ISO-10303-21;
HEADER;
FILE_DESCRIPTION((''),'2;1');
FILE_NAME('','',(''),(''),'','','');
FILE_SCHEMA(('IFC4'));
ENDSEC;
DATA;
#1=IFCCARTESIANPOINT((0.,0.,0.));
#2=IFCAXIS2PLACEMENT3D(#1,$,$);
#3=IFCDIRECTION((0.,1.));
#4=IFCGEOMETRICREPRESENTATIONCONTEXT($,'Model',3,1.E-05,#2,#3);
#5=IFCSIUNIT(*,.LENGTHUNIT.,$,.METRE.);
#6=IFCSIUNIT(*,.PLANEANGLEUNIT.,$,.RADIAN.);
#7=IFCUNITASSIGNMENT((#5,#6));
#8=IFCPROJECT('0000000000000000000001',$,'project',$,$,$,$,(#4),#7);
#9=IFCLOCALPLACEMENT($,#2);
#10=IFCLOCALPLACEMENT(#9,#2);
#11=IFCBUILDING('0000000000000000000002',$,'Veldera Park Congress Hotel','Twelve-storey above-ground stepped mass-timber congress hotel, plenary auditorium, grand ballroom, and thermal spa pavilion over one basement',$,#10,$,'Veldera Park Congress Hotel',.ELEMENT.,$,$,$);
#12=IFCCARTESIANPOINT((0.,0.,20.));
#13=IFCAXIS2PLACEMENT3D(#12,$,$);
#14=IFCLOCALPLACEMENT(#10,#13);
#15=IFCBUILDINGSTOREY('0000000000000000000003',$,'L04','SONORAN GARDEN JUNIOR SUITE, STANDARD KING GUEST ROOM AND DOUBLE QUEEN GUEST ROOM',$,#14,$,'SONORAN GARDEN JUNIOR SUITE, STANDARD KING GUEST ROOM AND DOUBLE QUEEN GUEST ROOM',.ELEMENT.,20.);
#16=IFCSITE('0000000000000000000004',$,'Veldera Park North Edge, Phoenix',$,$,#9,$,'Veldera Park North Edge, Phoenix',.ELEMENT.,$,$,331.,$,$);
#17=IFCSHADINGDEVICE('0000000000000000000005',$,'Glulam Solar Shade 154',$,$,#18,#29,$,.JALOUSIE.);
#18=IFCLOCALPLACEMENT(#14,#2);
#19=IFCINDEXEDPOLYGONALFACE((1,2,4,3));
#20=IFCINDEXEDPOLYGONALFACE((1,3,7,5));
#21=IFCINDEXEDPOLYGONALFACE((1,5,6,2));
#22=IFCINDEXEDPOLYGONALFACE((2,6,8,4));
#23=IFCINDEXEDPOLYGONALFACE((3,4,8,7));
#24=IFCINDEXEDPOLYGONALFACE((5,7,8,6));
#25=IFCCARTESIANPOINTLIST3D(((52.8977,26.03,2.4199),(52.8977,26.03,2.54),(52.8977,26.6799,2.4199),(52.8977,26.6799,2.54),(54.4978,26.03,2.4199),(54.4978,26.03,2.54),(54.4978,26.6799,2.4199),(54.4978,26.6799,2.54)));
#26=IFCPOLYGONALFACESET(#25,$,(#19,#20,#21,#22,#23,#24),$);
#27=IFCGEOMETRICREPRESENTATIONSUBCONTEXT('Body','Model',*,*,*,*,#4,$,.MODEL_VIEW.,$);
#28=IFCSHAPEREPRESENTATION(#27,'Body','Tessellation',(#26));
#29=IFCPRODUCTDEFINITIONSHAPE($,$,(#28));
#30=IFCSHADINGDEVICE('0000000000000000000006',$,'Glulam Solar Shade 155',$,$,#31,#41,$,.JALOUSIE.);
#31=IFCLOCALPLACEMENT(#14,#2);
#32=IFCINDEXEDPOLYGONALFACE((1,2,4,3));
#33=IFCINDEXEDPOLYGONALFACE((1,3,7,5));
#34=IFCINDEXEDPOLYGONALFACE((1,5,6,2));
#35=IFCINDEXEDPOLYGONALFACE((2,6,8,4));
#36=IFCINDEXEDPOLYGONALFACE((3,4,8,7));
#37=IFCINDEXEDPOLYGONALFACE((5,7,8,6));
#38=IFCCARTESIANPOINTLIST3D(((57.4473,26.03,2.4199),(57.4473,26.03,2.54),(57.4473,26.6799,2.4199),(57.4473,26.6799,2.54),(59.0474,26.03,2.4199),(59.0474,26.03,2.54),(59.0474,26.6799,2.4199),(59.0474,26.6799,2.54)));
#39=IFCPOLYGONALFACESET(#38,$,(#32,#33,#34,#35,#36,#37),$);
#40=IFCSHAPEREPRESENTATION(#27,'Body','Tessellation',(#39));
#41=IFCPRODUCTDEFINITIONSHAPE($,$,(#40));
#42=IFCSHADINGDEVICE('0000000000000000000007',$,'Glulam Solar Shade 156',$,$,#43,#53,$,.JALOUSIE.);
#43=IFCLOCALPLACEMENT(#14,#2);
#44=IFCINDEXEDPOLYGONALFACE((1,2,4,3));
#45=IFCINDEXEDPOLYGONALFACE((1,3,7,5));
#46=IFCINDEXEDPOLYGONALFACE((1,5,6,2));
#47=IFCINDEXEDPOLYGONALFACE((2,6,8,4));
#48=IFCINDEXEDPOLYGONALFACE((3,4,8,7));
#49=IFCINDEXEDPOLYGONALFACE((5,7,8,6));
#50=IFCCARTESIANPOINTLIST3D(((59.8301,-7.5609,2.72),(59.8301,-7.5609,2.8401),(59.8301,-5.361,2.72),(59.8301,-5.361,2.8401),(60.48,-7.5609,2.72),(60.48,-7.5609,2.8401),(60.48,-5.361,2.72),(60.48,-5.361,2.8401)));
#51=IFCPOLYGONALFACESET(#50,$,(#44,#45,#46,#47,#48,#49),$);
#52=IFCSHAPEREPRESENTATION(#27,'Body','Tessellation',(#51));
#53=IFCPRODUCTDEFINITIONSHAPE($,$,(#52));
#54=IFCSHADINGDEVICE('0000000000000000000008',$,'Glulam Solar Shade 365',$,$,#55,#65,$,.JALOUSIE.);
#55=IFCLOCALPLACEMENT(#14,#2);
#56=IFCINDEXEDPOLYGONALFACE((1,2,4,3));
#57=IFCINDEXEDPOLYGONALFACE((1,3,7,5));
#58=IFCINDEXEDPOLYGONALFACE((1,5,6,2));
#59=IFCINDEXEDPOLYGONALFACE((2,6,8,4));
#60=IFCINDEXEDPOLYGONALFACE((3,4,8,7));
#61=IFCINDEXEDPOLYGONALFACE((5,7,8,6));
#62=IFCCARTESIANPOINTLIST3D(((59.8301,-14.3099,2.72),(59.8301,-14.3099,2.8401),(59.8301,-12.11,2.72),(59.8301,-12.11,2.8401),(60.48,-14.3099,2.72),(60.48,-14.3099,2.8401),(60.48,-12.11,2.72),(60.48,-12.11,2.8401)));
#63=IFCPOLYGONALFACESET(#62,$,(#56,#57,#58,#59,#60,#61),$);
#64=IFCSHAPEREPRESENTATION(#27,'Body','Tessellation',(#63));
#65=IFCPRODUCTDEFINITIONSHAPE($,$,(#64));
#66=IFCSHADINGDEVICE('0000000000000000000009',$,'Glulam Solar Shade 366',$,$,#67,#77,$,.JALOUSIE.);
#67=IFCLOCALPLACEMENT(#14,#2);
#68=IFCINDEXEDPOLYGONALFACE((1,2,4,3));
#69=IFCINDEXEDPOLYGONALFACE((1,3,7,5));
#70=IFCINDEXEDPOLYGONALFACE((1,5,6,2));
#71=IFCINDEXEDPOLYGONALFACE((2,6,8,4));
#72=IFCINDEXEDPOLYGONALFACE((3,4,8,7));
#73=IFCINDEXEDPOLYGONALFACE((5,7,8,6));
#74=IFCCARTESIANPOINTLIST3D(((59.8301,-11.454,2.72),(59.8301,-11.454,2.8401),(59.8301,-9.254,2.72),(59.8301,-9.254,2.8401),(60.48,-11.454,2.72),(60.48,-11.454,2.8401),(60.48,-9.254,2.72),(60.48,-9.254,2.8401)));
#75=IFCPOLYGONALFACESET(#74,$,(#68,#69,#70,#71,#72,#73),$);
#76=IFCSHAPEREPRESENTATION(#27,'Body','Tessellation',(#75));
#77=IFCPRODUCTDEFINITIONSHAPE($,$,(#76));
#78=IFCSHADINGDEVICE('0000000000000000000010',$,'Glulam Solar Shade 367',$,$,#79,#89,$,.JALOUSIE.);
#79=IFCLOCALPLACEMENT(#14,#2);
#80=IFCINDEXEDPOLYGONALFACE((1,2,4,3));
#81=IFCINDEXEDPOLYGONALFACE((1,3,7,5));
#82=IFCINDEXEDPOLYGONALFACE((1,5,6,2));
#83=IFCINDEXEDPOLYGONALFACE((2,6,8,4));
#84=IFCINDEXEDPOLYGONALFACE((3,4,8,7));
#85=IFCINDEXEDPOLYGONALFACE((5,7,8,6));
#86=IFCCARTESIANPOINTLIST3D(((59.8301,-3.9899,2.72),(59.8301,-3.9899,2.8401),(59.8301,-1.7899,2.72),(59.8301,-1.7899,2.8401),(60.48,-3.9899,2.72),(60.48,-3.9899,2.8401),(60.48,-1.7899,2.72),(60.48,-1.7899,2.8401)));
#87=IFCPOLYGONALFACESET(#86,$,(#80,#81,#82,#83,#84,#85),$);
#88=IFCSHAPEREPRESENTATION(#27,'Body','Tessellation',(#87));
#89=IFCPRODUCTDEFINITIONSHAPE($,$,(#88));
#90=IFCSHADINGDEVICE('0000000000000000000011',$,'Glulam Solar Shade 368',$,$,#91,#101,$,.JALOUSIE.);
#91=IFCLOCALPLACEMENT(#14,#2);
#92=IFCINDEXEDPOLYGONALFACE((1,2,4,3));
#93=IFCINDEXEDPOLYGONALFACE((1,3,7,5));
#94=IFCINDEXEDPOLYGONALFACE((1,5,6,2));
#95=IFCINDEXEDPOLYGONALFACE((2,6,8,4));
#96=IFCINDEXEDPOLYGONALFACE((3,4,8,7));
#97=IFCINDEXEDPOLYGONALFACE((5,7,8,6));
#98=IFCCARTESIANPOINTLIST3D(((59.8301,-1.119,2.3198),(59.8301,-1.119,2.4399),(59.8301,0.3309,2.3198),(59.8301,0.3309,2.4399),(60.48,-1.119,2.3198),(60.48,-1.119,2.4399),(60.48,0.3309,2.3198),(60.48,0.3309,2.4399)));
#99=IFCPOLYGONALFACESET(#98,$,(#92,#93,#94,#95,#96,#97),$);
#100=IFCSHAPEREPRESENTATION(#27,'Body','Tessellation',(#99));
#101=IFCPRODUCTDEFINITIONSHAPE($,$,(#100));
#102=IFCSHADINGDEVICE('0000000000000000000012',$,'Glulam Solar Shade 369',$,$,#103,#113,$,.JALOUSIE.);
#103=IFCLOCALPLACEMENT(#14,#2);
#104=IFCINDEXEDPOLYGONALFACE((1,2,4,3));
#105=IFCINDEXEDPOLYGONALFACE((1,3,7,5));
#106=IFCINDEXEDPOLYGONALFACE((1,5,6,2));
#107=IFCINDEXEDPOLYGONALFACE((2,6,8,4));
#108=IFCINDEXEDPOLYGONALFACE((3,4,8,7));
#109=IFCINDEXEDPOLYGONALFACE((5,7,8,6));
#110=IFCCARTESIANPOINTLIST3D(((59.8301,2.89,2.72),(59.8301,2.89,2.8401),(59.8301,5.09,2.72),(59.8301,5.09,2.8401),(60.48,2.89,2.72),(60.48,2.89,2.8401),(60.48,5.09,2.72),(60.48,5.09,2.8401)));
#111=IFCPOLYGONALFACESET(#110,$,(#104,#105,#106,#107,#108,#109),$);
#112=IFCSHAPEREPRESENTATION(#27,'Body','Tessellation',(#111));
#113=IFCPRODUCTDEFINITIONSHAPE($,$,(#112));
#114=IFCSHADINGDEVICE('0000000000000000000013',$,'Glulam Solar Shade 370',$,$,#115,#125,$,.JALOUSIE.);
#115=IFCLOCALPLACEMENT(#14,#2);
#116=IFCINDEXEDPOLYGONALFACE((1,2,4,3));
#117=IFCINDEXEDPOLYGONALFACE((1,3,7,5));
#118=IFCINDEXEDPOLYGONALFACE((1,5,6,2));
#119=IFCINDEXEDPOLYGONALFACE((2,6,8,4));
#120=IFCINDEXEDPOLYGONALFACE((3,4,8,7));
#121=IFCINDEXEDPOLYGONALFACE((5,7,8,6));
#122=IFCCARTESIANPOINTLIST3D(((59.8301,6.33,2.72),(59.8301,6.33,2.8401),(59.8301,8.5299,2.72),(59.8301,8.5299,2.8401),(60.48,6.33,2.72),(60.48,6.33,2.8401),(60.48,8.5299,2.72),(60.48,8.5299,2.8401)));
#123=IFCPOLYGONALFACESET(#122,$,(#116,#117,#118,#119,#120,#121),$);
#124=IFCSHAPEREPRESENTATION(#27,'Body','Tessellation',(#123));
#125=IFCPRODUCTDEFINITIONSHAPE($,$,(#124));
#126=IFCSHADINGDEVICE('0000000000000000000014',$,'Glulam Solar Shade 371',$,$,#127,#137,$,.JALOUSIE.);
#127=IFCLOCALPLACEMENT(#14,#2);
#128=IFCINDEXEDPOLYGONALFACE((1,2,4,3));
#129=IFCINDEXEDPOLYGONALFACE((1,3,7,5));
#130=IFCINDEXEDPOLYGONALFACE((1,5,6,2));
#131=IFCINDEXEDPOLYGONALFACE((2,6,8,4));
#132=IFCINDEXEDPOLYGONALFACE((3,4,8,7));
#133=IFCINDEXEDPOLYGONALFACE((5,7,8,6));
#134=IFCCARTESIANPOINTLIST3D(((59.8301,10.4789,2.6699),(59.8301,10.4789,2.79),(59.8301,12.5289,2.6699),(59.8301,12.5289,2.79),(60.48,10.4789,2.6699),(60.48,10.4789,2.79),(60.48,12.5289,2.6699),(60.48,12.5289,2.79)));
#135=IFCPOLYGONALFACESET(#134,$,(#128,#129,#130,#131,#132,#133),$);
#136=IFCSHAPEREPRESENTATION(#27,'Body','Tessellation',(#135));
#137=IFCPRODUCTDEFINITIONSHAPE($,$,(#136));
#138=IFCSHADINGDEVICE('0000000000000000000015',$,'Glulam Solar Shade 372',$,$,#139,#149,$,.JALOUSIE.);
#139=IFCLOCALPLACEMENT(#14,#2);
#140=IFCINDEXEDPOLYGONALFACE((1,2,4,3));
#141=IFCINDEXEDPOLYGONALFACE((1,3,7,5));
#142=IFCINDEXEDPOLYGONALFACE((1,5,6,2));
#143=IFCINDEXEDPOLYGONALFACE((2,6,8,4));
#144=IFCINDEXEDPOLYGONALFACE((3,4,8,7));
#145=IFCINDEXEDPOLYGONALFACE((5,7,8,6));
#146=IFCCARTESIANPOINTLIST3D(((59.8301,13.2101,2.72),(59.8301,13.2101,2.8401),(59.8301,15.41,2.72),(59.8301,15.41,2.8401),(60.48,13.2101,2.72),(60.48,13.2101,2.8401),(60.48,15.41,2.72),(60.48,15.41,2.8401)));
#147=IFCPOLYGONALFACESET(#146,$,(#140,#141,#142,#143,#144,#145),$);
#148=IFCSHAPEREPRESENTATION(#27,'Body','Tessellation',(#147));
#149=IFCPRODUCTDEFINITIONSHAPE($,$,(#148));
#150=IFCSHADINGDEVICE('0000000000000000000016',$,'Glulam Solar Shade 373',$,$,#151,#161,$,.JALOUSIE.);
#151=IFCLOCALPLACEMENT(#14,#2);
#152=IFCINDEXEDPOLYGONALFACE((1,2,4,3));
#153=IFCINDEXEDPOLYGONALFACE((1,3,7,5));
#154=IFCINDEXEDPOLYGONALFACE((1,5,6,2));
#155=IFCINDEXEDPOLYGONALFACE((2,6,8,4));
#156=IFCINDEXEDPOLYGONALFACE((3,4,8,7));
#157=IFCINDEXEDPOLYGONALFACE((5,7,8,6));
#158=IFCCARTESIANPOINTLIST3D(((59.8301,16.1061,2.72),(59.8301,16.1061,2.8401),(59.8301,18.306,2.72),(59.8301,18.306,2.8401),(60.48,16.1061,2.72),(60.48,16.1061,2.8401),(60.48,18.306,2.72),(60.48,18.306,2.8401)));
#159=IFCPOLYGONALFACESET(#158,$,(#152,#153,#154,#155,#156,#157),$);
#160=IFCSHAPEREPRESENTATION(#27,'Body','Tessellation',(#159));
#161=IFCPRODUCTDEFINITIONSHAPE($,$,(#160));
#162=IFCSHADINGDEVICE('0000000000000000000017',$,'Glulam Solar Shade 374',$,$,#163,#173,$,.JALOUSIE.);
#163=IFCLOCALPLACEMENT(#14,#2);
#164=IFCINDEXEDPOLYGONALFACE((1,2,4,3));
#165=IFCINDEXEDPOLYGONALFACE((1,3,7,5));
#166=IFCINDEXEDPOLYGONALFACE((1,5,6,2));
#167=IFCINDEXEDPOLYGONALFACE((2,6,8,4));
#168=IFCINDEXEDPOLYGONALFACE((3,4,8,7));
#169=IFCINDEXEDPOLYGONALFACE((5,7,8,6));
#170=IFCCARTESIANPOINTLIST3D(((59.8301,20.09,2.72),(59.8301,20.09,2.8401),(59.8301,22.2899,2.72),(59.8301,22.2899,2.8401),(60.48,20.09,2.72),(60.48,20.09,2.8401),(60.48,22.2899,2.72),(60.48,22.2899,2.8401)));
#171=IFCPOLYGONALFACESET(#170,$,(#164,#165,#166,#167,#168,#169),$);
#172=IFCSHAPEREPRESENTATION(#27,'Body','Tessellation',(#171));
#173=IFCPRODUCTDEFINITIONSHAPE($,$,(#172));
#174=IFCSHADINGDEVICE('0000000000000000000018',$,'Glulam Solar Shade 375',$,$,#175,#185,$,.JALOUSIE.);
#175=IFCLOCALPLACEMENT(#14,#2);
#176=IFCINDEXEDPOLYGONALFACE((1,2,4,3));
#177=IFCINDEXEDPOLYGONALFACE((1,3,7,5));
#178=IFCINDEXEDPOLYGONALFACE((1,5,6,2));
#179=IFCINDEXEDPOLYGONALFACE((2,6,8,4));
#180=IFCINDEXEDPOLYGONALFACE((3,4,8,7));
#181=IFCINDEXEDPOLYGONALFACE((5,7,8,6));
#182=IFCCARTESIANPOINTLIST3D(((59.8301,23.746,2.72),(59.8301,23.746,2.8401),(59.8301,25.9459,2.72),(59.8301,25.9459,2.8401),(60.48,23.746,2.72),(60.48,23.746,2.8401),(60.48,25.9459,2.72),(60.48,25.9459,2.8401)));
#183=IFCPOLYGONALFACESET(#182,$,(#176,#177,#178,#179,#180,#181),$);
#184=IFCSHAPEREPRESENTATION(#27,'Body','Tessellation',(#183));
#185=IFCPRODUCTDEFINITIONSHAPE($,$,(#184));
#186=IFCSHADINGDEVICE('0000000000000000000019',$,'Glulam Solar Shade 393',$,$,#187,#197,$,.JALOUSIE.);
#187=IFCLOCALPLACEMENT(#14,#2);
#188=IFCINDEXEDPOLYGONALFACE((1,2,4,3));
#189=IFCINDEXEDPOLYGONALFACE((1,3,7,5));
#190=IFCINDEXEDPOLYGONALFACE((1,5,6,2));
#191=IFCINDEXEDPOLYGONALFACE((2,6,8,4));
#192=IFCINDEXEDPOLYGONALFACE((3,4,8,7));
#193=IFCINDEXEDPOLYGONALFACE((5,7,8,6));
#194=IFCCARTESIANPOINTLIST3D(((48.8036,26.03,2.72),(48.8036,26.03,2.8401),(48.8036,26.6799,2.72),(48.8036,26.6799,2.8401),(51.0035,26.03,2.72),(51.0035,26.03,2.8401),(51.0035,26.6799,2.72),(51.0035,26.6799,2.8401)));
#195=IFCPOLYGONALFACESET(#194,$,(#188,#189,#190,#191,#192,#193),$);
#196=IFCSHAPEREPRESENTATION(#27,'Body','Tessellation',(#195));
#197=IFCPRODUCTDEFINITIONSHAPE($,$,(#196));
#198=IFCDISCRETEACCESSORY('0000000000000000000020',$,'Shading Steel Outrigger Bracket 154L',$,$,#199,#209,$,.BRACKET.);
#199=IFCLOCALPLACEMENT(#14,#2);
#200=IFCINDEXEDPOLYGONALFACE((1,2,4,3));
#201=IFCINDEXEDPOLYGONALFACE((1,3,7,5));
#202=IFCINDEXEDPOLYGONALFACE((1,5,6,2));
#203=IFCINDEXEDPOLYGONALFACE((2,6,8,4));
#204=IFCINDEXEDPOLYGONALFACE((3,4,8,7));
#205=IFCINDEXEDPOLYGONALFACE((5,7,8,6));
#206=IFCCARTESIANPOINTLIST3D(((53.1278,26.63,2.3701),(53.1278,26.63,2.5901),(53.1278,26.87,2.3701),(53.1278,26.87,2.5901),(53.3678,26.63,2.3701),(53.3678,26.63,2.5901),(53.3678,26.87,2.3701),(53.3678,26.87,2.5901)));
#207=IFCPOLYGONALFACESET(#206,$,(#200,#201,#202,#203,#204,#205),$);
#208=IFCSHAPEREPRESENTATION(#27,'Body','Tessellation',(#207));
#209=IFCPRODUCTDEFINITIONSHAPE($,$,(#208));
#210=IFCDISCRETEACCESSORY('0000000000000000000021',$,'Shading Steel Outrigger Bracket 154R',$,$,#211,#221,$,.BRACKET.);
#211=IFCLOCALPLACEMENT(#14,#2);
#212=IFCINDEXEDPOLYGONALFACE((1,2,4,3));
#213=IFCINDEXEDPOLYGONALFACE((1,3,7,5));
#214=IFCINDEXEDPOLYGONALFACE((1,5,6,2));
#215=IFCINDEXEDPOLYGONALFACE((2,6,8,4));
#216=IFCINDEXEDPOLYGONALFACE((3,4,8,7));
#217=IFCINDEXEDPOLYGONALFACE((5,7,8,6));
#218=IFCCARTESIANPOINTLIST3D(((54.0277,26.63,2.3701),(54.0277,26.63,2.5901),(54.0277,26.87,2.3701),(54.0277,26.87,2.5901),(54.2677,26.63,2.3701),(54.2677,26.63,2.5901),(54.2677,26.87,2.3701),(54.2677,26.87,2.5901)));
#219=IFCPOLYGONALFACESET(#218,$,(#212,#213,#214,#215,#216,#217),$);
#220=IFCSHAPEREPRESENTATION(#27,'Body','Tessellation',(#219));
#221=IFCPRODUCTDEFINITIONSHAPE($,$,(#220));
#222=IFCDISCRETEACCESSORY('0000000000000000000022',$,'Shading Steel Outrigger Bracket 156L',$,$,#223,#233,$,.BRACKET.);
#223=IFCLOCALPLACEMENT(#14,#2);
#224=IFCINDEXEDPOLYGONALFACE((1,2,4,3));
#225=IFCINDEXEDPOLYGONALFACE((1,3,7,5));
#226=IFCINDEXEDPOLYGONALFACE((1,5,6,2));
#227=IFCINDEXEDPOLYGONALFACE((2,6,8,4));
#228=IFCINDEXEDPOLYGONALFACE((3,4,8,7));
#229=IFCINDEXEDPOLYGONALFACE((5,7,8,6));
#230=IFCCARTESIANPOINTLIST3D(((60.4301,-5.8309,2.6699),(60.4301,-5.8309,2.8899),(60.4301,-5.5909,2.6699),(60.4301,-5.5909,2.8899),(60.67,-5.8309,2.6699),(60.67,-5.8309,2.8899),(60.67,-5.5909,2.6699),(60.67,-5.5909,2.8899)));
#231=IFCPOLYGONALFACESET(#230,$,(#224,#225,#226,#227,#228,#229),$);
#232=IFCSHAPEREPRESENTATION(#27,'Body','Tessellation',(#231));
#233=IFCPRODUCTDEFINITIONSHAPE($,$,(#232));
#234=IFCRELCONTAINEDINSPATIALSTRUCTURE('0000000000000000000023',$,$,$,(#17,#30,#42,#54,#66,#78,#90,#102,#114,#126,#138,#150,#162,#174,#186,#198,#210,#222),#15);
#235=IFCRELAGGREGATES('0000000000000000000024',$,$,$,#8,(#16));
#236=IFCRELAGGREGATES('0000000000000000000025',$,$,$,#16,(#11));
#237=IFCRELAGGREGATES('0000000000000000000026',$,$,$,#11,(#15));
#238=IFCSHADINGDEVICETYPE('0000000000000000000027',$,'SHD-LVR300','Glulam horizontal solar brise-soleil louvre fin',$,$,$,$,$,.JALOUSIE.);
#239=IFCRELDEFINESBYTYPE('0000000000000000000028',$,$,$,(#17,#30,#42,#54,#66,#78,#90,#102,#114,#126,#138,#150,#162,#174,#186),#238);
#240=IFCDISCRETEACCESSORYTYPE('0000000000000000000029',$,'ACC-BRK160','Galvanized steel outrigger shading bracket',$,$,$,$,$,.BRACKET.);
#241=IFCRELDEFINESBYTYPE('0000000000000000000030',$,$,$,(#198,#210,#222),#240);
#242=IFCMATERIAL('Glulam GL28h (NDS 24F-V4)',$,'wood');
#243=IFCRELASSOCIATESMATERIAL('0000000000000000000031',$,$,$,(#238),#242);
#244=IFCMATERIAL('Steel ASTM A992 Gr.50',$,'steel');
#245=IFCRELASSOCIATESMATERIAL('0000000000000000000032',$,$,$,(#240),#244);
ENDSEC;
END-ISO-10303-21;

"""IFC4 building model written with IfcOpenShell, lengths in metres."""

from ifc_helpers import new_model, si_unit, direction, frame, origin, origin_2d, place, context, subcontext, project, spatial, rectangle, extrude, material, type_object, element, save


model = new_model("IFC4")

# Units and contexts
model_context = context("Model", 3, precision=1e-05, world=origin(), true_north=direction((0.0, 1.0)))
body_context = subcontext(model_context, "Body", "Model", "MODEL_VIEW")
ifc_project = project(units=[si_unit("LENGTHUNIT", "METRE"), si_unit("PLANEANGLEUNIT", "RADIAN")], contexts=[model_context])

# Site, building, storey
site_placement = place(None, origin())
site = spatial("IfcSite", under=ifc_project, at=site_placement, Name="Veldera Park North Edge, Phoenix", LongName="Veldera Park North Edge, Phoenix", CompositionType="ELEMENT", RefElevation=331.0)
building_placement = place(site_placement, origin())
building = spatial("IfcBuilding", under=site, at=building_placement, Name="Veldera Park Congress Hotel", Description="Twelve-storey above-ground stepped mass-timber congress hotel, plenary auditorium, grand ballroom, and thermal spa pavilion over one basement", LongName="Veldera Park Congress Hotel", CompositionType="ELEMENT")
storey_placement = place(building_placement, frame((0.0, 0.0, 20.0)))
storey = spatial("IfcBuildingStorey", under=building, at=storey_placement, Name="L04", Description="SONORAN GARDEN JUNIOR SUITE, STANDARD KING GUEST ROOM AND DOUBLE QUEEN GUEST ROOM", LongName="SONORAN GARDEN JUNIOR SUITE, STANDARD KING GUEST ROOM AND DOUBLE QUEEN GUEST ROOM", CompositionType="ELEMENT", Elevation=20.0)

# Shading devices
ifc_material_1 = material(Name="Glulam GL28h (NDS 24F-V4)", Category="wood")
shading_device_type = type_object("IfcShadingDeviceType", Name="SHD-LVR300", Description="Glulam horizontal solar brise-soleil louvre fin", PredefinedType="JALOUSIE", material=ifc_material_1)
for number, where, z_axis, x_axis, name in (
    (1, (53.6978, 26.355, 2.4199), (0.0, 0.0, 1.0), (1.0, 0.0, 0.0), "Glulam Solar Shade 154"),
    (2, (58.2473, 26.355, 2.4199), (0.0, 0.0, 1.0), (1.0, 0.0, 0.0), "Glulam Solar Shade 155"),
):
    element("IfcShadingDevice", number, at=place(storey_placement, frame(where, z_axis=z_axis, x_axis=x_axis)), inside=storey, type_object=shading_device_type, Name=name, PredefinedType="JALOUSIE", context=body_context, shape_type="SweptSolid", body=[
        extrude(rectangle(XDim=1.6001, YDim=0.6499, at=origin_2d()), origin(), (0.0, 0.0, 1.0), 0.1201),
    ])
for number, where, z_axis, x_axis, name in (
    (3, (60.155, -6.4609, 2.72), (0.0, 0.0, 1.0), (0.0, -1.0, 0.0), "Glulam Solar Shade 156"),
    (4, (60.155, -13.21, 2.72), (0.0, 0.0, 1.0), (0.0, -1.0, 0.0), "Glulam Solar Shade 365"),
    (5, (60.155, -10.354, 2.72), (0.0, 0.0, 1.0), (0.0, -1.0, 0.0), "Glulam Solar Shade 366"),
    (6, (60.155, -2.8899, 2.72), (0.0, 0.0, 1.0), (0.0, -1.0, 0.0), "Glulam Solar Shade 367"),
):
    element("IfcShadingDevice", number, at=place(storey_placement, frame(where, z_axis=z_axis, x_axis=x_axis)), inside=storey, type_object=shading_device_type, Name=name, PredefinedType="JALOUSIE", context=body_context, shape_type="SweptSolid", body=[
        extrude(rectangle(XDim=2.2, YDim=0.6499, at=origin_2d()), origin(), (0.0, 0.0, 1.0), 0.1201),
    ])
shading_device_1_placement = place(storey_placement, frame((60.155, -0.394, 2.3198), z_axis=(0.0, 0.0, 1.0), x_axis=(0.0, -1.0, 0.0)))
element("IfcShadingDevice", 7, at=shading_device_1_placement, inside=storey, type_object=shading_device_type, Name="Glulam Solar Shade 368", PredefinedType="JALOUSIE", context=body_context, shape_type="SweptSolid", body=[
    extrude(rectangle(XDim=1.45, YDim=0.6499, at=origin_2d()), origin(), (0.0, 0.0, 1.0), 0.1201),
])
for number, where, z_axis, x_axis, name in (
    (8, (60.155, 3.99, 2.72), (0.0, 0.0, 1.0), (0.0, -1.0, 0.0), "Glulam Solar Shade 369"),
    (9, (60.155, 7.4299, 2.72), (0.0, 0.0, 1.0), (0.0, -1.0, 0.0), "Glulam Solar Shade 370"),
):
    element("IfcShadingDevice", number, at=place(storey_placement, frame(where, z_axis=z_axis, x_axis=x_axis)), inside=storey, type_object=shading_device_type, Name=name, PredefinedType="JALOUSIE", context=body_context, shape_type="SweptSolid", body=[
        extrude(rectangle(XDim=2.2, YDim=0.6499, at=origin_2d()), origin(), (0.0, 0.0, 1.0), 0.1201),
    ])
shading_device_2_placement = place(storey_placement, frame((60.155, 11.5039, 2.6699), z_axis=(0.0, 0.0, 1.0), x_axis=(0.0, -1.0, 0.0)))
element("IfcShadingDevice", 10, at=shading_device_2_placement, inside=storey, type_object=shading_device_type, Name="Glulam Solar Shade 371", PredefinedType="JALOUSIE", context=body_context, shape_type="SweptSolid", body=[
    extrude(rectangle(XDim=2.05, YDim=0.6499, at=origin_2d()), origin(), (0.0, 0.0, 1.0), 0.1201),
])
for number, where, z_axis, x_axis, name in (
    (11, (60.155, 14.3101, 2.72), (0.0, 0.0, 1.0), (0.0, -1.0, 0.0), "Glulam Solar Shade 372"),
    (12, (60.155, 17.2061, 2.72), (0.0, 0.0, 1.0), (0.0, -1.0, 0.0), "Glulam Solar Shade 373"),
    (13, (60.155, 21.1899, 2.72), (0.0, 0.0, 1.0), (0.0, -1.0, 0.0), "Glulam Solar Shade 374"),
    (14, (60.155, 24.8459, 2.72), (0.0, 0.0, 1.0), (0.0, -1.0, 0.0), "Glulam Solar Shade 375"),
    (15, (49.9036, 26.355, 2.72), (0.0, 0.0, 1.0), (1.0, 0.0, 0.0), "Glulam Solar Shade 393"),
):
    element("IfcShadingDevice", number, at=place(storey_placement, frame(where, z_axis=z_axis, x_axis=x_axis)), inside=storey, type_object=shading_device_type, Name=name, PredefinedType="JALOUSIE", context=body_context, shape_type="SweptSolid", body=[
        extrude(rectangle(XDim=2.2, YDim=0.6499, at=origin_2d()), origin(), (0.0, 0.0, 1.0), 0.1201),
    ])

# Discrete accessories
ifc_material_2 = material(Name="Steel ASTM A992 Gr.50", Category="steel")
discrete_accessory_type = type_object("IfcDiscreteAccessoryType", Name="ACC-BRK160", Description="Galvanized steel outrigger shading bracket", PredefinedType="BRACKET", material=ifc_material_2)
for number, where, z_axis, x_axis, name in (
    (16, (53.2478, 26.75, 2.3701), (0.0, 0.0, 1.0), (1.0, 0.0, 0.0), "Shading Steel Outrigger Bracket 154L"),
    (17, (54.1477, 26.75, 2.3701), (0.0, 0.0, 1.0), (1.0, 0.0, 0.0), "Shading Steel Outrigger Bracket 154R"),
    (18, (60.55, -5.7109, 2.6699), (0.0, 0.0, 1.0), (0.0, -1.0, 0.0), "Shading Steel Outrigger Bracket 156L"),
):
    element("IfcDiscreteAccessory", number, at=place(storey_placement, frame(where, z_axis=z_axis, x_axis=x_axis)), inside=storey, type_object=discrete_accessory_type, Name=name, PredefinedType="BRACKET", context=body_context, shape_type="SweptSolid", body=[
        extrude(rectangle(XDim=0.24, YDim=0.24, at=origin_2d()), origin(), (0.0, 0.0, 1.0), 0.22),
    ])

save(model, "model.ifc")
